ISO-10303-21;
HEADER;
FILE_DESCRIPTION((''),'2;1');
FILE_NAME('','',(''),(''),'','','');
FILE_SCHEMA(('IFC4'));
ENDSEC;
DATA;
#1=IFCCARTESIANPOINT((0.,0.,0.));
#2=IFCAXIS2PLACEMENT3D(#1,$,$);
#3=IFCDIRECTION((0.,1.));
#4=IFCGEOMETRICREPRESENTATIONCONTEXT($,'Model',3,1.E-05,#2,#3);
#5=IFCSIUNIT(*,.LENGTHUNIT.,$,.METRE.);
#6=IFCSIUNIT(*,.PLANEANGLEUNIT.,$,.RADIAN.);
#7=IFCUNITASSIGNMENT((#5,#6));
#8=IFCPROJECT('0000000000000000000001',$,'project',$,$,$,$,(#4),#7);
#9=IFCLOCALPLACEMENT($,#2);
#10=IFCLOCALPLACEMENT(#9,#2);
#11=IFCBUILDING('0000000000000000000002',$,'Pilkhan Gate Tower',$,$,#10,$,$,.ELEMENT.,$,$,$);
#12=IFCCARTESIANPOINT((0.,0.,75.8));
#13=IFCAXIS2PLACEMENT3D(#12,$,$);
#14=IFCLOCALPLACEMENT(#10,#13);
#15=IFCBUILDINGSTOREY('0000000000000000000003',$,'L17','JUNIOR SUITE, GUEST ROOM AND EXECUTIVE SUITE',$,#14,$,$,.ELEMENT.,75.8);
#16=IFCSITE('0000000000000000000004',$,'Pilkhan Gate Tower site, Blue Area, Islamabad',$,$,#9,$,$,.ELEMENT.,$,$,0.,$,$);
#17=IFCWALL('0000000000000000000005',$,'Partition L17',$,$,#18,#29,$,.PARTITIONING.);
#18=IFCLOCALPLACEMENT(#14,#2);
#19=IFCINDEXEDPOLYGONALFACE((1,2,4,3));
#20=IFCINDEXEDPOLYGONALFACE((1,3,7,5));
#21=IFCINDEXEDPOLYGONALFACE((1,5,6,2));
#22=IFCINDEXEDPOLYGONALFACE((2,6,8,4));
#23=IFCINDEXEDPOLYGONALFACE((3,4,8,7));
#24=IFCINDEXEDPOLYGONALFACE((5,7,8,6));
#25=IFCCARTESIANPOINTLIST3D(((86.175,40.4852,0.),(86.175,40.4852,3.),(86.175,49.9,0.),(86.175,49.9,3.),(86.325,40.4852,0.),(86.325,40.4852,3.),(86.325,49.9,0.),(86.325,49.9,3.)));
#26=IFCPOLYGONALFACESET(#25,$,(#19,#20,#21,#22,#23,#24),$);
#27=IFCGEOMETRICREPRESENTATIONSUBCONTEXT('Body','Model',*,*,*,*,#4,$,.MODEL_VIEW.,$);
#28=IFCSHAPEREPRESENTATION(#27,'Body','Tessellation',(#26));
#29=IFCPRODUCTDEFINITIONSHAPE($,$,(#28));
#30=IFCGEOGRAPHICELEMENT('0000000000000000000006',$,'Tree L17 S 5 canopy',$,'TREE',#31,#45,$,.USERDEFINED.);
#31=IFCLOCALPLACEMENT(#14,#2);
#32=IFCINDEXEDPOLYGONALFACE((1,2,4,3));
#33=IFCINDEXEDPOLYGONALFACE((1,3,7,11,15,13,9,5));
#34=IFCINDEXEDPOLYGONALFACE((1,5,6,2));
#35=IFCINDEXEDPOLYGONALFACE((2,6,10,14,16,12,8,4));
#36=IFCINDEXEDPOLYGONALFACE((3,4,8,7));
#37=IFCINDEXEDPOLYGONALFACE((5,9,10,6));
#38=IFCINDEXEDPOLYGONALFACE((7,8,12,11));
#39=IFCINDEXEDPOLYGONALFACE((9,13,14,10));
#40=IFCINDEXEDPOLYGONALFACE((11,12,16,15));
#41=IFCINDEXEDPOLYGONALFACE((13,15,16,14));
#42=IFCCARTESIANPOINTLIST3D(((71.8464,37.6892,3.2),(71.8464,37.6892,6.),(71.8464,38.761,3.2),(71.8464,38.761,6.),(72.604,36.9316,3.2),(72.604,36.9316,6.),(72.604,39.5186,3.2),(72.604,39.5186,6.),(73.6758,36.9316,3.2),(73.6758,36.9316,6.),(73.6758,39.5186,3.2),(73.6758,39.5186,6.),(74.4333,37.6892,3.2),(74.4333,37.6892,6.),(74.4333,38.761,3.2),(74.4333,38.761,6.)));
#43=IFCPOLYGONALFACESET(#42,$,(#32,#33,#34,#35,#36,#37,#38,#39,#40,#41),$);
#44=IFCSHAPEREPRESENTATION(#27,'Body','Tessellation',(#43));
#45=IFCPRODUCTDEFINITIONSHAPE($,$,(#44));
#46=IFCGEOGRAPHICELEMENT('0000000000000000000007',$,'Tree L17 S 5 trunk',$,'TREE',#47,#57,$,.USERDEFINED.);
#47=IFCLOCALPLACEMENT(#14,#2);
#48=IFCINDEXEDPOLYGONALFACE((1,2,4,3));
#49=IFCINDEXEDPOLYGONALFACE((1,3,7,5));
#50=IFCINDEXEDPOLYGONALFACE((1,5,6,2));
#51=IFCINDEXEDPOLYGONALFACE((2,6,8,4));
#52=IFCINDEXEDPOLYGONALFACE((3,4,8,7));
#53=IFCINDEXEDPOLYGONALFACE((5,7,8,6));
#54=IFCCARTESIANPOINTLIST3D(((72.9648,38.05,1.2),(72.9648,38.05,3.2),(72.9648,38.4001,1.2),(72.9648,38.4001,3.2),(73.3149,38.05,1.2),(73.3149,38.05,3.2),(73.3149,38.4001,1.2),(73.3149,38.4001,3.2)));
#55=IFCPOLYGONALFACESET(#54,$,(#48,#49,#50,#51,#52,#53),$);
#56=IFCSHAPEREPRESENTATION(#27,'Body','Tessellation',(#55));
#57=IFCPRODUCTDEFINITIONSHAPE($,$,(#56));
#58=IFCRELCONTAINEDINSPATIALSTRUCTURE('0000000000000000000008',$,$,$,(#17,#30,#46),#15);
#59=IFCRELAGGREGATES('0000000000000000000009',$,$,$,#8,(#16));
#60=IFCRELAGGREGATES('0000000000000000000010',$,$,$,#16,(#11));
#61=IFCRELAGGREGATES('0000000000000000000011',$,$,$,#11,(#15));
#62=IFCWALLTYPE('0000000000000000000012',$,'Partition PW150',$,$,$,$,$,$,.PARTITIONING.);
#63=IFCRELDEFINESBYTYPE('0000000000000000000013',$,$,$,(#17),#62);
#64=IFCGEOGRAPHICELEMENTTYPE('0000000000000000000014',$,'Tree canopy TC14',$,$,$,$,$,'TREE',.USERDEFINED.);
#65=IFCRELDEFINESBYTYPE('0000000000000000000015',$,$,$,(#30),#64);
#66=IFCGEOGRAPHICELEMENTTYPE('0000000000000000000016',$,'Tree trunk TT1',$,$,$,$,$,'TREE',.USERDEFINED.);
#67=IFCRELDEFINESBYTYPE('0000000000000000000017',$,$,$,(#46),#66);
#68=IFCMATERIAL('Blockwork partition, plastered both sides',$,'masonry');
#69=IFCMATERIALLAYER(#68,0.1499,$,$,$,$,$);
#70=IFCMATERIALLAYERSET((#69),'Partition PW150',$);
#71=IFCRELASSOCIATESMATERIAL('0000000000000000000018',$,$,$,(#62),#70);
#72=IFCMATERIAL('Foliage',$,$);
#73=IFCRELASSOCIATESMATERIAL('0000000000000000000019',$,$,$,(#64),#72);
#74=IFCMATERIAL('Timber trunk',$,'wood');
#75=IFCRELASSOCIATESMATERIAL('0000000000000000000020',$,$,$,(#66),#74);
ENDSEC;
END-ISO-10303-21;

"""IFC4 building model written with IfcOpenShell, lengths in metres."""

from ifc_helpers import new_model, si_unit, direction, frame, frame_2d, origin, origin_2d, place, context, subcontext, project, spatial, polyline, rectangle, outline, extrude, material, layer, layer_set, material_profile, profile_set, type_object, element, save


model = new_model("IFC4")

# Units and contexts
model_context = context("Model", 3, precision=1e-05, world=origin(), true_north=direction((0.0, 1.0)))
body_context = subcontext(model_context, "Body", "Model", "MODEL_VIEW")
ifc_project = project(units=[si_unit("LENGTHUNIT", "METRE"), si_unit("PLANEANGLEUNIT", "RADIAN")], contexts=[model_context])

# Site, building, storey
site_placement = place(None, origin())
site = spatial("IfcSite", under=ifc_project, at=site_placement, Name="Pilkhan Gate Tower site, Blue Area, Islamabad", CompositionType="ELEMENT", RefElevation=0.0)
building_placement = place(site_placement, origin())
building = spatial("IfcBuilding", under=site, at=building_placement, Name="Pilkhan Gate Tower", CompositionType="ELEMENT")
storey_placement = place(building_placement, frame((0.0, 0.0, 75.8)))
storey = spatial("IfcBuildingStorey", under=building, at=storey_placement, Name="L17", Description="JUNIOR SUITE, GUEST ROOM AND EXECUTIVE SUITE", CompositionType="ELEMENT", Elevation=75.8)

# Wall
ifc_material_1 = material(Name="Blockwork partition, plastered both sides", Category="masonry")
ifc_layer_1 = layer(ifc_material_1, 0.1499)
ifc_layer_set_1 = layer_set([ifc_layer_1], Name="Partition PW150")
wall_type_1 = type_object("IfcWallType", Name="Partition PW150", PredefinedType="PARTITIONING", material=ifc_layer_set_1)
wall_1_placement = place(storey_placement, frame((86.25, 40.4851, 0.0), z_axis=(0.0, 0.0, 1.0), x_axis=(0.0, 1.0, 0.0)))
element("IfcWall", 1, at=wall_1_placement, inside=storey, type_object=wall_type_1, Name="Partition L17", PredefinedType="PARTITIONING", context=body_context, shape_type="SweptSolid", body=[
    extrude(rectangle(XDim=9.4148, YDim=0.1499, at=frame_2d((4.7075, 0.0))), origin(), (0.0, 0.0, 1.0), 3.0),
])

# Geographic elements
ifc_material_2 = material(Name="Foliage")
ifc_material_profile_1 = material_profile(ifc_material_2, outline(polyline([(1.2935, 0.5359), (0.5359, 1.2935), (-0.5359, 1.2935), (-1.2935, 0.5359), (-1.2935, -0.5359), (-0.5359, -1.2935), (0.5359, -1.2935), (1.2935, -0.5359), (1.2935, 0.5359)])), Name="Canopy D2.8")
ifc_profile_set_1 = profile_set([ifc_material_profile_1], Name="Foliage")
geographic_element_type_1 = type_object("IfcGeographicElementType", Name="Tree canopy TC14", ElementType="TREE", PredefinedType="USERDEFINED", material=ifc_profile_set_1)
geographic_element_1_placement = place(storey_placement, frame((73.1399, 38.2251, 3.2), z_axis=(0.0, 0.0, 1.0), x_axis=(1.0, 0.0, 0.0)))
element("IfcGeographicElement", 2, at=geographic_element_1_placement, inside=storey, type_object=geographic_element_type_1, Name="Tree L17 S 5 canopy", ObjectType="TREE", PredefinedType="USERDEFINED", context=body_context, shape_type="SweptSolid", body=[
    extrude(outline(polyline([(1.2935, 0.5359), (0.5359, 1.2935), (-0.5359, 1.2935), (-1.2935, 0.5359), (-1.2935, -0.5359), (-0.5359, -1.2935), (0.5359, -1.2935), (1.2935, -0.5359), (1.2935, 0.5359)])), origin(), (0.0, 0.0, 1.0), 2.8),
])
ifc_material_3 = material(Name="Timber trunk", Category="wood")
geographic_element_type_2 = type_object("IfcGeographicElementType", Name="Tree trunk TT1", ElementType="TREE", PredefinedType="USERDEFINED", material=ifc_material_3)
geographic_element_2_placement = place(storey_placement, frame((73.1399, 38.2251, 1.2), z_axis=(0.0, 0.0, 1.0), x_axis=(1.0, 0.0, 0.0)))
element("IfcGeographicElement", 3, at=geographic_element_2_placement, inside=storey, type_object=geographic_element_type_2, Name="Tree L17 S 5 trunk", ObjectType="TREE", PredefinedType="USERDEFINED", context=body_context, shape_type="SweptSolid", body=[
    extrude(rectangle(XDim=0.3501, YDim=0.3501, at=origin_2d()), origin(), (0.0, 0.0, 1.0), 2.0),
])

save(model, "model.ifc")
